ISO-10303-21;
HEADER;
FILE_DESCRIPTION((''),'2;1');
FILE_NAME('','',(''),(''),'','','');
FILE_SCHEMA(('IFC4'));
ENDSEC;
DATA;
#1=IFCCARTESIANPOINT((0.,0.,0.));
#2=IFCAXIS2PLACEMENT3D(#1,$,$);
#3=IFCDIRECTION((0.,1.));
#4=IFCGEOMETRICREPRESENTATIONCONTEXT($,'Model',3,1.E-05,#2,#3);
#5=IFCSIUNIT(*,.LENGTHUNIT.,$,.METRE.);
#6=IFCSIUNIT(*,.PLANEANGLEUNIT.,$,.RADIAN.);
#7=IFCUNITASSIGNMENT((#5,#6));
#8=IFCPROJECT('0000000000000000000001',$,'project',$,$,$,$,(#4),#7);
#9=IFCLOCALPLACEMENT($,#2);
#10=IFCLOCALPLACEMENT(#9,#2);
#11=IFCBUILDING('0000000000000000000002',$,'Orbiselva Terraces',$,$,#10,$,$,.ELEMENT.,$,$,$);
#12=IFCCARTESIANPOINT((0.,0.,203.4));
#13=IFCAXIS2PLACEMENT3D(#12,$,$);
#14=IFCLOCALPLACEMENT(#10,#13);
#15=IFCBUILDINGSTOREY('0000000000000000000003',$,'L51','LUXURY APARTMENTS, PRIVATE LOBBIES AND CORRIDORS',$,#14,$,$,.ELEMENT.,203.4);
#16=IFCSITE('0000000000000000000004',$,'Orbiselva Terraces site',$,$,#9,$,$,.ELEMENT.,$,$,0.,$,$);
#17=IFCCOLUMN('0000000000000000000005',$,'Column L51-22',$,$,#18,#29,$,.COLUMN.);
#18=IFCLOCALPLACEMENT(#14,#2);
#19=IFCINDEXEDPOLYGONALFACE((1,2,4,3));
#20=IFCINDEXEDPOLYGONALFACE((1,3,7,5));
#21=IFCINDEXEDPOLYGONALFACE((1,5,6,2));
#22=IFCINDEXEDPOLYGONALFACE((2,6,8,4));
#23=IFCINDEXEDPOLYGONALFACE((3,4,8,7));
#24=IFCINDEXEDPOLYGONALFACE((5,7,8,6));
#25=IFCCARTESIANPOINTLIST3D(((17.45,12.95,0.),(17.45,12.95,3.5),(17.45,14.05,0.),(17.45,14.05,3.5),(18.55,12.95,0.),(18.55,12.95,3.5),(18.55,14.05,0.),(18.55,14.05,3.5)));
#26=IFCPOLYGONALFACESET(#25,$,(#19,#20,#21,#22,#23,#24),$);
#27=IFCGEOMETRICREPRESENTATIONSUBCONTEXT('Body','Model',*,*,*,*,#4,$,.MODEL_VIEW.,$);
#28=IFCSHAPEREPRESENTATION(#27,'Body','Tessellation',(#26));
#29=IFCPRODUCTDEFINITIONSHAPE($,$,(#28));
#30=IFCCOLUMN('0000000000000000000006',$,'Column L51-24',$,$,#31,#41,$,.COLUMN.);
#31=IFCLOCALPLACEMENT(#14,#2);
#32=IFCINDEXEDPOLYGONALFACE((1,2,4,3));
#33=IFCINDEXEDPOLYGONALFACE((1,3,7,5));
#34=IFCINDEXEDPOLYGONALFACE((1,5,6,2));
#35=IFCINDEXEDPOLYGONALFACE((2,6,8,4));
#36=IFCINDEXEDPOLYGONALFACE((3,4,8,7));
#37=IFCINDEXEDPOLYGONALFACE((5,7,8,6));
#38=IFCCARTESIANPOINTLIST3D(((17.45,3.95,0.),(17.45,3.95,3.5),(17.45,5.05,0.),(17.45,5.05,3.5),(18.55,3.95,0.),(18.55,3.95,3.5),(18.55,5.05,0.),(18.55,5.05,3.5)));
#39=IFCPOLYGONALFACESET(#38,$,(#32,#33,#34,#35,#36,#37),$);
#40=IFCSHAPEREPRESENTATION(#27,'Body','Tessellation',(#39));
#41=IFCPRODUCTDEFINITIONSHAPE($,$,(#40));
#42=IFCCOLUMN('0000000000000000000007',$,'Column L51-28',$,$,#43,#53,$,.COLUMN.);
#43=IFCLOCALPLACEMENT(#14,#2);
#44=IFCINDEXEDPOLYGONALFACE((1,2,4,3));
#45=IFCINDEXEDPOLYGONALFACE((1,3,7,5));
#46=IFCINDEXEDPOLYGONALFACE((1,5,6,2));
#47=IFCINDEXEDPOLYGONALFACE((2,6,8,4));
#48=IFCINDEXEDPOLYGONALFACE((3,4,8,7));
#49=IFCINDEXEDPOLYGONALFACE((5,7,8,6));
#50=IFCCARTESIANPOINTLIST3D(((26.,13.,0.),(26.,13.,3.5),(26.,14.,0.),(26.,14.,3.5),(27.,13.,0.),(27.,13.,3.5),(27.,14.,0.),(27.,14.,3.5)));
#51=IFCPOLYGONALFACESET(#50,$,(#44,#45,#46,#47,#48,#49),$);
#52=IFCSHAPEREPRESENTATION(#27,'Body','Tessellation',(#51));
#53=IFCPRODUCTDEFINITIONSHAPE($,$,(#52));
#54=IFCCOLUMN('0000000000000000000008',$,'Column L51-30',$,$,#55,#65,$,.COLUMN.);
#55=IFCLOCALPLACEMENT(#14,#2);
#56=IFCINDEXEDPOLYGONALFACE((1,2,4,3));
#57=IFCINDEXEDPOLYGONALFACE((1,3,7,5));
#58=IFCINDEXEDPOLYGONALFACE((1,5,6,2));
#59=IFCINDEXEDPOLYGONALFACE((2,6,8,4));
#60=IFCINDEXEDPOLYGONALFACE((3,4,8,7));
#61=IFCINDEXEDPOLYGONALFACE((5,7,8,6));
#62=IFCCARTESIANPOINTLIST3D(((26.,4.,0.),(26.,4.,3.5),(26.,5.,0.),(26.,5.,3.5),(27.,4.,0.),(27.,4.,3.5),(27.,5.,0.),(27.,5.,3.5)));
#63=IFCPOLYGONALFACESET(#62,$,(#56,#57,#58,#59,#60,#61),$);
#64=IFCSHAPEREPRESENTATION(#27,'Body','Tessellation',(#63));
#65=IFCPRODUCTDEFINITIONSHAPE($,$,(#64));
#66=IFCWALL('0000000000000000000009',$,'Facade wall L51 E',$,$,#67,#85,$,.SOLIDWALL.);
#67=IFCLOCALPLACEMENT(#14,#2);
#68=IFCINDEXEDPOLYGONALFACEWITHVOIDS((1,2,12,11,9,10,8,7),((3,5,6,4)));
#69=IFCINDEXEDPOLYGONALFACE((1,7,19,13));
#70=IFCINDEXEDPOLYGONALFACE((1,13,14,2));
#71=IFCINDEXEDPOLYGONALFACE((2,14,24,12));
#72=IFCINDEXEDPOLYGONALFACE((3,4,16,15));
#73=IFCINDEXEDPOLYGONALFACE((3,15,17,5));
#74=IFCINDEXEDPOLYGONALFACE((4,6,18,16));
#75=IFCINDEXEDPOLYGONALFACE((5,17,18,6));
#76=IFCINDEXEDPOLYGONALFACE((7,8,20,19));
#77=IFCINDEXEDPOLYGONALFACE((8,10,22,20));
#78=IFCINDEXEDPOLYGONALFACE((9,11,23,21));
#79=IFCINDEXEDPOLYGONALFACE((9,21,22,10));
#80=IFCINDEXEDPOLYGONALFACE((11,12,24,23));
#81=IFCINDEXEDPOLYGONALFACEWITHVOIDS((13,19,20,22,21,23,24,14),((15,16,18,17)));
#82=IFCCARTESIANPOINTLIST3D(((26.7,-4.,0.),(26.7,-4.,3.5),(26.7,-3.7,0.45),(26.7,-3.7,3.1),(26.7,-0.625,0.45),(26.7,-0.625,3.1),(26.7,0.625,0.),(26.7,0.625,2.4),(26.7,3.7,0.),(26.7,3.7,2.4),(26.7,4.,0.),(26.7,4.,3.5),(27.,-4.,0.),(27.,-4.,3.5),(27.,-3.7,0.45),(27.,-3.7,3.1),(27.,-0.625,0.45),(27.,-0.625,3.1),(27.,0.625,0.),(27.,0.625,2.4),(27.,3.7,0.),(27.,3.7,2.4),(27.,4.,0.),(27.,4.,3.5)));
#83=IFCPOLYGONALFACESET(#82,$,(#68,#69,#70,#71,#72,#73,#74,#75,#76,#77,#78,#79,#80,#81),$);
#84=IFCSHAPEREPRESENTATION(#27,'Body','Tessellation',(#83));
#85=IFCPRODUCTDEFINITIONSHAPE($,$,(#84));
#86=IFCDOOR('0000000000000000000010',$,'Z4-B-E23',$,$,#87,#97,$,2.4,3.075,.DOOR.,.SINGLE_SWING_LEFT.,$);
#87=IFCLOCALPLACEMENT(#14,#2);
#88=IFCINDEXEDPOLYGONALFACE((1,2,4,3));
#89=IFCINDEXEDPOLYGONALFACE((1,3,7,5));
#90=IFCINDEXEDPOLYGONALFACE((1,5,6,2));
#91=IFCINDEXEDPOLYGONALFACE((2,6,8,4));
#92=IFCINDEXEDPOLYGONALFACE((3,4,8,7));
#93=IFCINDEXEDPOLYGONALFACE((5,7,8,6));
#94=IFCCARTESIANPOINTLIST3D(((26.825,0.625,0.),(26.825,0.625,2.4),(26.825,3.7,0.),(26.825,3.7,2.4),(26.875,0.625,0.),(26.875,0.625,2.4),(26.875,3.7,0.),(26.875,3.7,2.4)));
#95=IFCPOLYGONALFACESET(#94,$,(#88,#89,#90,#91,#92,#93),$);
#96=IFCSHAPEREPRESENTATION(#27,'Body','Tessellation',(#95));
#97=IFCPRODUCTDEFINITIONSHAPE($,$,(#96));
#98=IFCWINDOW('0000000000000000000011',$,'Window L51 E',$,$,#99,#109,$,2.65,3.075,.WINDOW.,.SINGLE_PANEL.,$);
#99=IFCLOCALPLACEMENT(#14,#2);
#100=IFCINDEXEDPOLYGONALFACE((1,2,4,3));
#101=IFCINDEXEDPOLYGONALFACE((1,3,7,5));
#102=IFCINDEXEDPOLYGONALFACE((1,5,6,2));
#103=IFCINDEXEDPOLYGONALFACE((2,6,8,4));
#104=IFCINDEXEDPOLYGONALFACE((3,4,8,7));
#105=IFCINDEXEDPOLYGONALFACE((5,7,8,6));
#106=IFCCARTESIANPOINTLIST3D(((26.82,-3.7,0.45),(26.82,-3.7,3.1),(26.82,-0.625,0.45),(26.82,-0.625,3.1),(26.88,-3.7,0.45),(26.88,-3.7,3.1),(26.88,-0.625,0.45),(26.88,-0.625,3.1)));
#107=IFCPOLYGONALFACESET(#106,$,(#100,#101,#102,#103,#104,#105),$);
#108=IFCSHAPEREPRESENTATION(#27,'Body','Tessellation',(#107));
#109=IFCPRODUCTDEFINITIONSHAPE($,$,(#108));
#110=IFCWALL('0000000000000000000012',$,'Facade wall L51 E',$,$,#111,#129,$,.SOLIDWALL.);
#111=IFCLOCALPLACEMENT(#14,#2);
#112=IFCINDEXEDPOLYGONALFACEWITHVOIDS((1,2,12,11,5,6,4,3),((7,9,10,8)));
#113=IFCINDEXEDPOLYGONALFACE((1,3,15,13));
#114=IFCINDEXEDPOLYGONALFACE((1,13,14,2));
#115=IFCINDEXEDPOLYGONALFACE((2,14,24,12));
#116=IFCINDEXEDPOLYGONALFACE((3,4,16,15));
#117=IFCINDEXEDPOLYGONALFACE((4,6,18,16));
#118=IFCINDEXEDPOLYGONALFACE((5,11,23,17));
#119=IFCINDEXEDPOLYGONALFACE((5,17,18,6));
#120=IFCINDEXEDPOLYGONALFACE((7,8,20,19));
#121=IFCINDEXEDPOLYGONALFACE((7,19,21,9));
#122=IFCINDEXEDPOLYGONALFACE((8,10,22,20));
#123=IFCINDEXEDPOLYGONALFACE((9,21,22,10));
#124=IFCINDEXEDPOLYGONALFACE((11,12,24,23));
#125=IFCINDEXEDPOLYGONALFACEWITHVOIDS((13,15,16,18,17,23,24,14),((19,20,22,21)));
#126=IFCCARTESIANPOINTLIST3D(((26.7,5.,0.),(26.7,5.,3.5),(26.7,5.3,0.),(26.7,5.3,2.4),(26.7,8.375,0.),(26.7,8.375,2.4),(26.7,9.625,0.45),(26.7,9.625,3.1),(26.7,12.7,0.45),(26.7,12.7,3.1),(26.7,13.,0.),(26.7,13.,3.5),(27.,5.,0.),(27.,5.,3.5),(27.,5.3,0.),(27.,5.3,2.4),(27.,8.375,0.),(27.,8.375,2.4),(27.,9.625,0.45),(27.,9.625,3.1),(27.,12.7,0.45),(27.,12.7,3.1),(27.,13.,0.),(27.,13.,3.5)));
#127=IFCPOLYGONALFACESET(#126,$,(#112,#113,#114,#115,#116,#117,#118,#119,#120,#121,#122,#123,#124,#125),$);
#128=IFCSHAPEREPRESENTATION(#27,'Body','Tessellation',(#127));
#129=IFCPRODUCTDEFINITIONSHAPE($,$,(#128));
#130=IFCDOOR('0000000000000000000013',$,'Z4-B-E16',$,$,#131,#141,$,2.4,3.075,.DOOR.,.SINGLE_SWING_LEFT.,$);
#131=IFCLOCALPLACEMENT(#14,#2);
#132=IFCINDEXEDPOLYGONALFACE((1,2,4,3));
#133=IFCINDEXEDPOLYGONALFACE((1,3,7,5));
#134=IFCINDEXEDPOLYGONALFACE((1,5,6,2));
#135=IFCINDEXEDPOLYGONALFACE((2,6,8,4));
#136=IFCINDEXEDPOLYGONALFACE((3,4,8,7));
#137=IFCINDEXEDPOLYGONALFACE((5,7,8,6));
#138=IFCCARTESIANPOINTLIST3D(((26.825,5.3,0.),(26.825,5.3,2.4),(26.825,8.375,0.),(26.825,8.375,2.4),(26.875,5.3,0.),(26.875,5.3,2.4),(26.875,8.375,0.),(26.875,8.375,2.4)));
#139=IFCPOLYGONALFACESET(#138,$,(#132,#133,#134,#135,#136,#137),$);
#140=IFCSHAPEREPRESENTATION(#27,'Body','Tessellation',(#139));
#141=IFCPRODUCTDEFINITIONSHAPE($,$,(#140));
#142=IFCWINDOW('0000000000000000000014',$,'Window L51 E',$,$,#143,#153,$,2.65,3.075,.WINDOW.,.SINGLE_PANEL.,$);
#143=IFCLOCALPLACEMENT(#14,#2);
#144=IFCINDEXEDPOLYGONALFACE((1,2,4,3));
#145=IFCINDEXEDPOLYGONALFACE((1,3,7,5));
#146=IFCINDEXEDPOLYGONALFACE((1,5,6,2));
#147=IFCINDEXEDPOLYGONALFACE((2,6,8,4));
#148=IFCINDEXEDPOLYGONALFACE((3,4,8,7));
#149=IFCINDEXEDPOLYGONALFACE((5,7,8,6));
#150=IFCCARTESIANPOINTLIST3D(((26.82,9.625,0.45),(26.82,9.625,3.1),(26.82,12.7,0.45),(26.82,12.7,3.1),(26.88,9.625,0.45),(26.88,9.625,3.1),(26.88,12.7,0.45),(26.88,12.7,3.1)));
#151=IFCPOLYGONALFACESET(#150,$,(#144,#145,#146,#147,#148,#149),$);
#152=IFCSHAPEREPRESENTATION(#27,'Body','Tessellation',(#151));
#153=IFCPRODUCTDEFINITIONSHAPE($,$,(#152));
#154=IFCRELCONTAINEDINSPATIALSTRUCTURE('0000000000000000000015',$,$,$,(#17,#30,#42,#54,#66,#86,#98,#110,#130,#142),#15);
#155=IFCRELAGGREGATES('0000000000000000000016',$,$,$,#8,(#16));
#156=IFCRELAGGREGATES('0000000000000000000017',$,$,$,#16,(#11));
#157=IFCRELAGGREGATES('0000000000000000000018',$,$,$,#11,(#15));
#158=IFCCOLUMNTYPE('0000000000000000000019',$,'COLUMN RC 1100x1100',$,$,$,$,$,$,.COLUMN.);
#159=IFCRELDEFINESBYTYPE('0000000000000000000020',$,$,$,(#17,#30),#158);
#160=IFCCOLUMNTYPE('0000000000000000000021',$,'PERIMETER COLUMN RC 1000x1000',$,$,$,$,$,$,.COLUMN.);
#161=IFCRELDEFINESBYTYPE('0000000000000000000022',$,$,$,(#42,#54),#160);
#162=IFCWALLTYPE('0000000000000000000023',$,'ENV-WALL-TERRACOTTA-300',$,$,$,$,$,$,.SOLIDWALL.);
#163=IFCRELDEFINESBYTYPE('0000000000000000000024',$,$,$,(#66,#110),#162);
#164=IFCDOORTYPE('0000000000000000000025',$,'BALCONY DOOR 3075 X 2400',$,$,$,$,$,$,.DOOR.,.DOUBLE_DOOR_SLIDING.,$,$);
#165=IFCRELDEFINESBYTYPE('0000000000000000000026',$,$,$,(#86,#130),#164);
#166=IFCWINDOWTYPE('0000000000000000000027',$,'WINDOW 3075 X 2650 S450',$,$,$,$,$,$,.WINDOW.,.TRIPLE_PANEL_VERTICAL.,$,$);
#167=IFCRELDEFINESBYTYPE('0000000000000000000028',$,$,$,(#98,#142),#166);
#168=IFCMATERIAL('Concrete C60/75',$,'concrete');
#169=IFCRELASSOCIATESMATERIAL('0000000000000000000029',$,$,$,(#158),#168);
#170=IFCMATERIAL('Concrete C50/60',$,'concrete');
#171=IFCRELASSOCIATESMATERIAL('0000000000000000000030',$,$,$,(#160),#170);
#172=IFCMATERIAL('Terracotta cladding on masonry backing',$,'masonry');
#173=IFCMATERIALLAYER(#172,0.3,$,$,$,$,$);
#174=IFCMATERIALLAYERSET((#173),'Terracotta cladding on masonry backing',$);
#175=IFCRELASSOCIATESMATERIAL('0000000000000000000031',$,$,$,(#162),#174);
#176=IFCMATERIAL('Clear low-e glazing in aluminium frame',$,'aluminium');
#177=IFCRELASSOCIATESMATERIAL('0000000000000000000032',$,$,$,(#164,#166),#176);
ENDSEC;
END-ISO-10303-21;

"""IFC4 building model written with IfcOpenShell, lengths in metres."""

from ifc_helpers import new_model, si_unit, direction, frame, frame_2d, origin, origin_2d, place, context, subcontext, project, spatial, rectangle, extrude, material, layer, layer_set, material_profile, profile_set, type_object, element, fill, save


model = new_model("IFC4")

# Units and contexts
model_context = context("Model", 3, precision=1e-05, world=origin(), true_north=direction((0.0, 1.0)))
body_context = subcontext(model_context, "Body", "Model", "MODEL_VIEW")
ifc_project = project(units=[si_unit("LENGTHUNIT", "METRE"), si_unit("PLANEANGLEUNIT", "RADIAN")], contexts=[model_context])

# Site, building, storey
site_placement = place(None, origin())
site = spatial("IfcSite", under=ifc_project, at=site_placement, Name="Orbiselva Terraces site", CompositionType="ELEMENT", RefElevation=0.0)
building_placement = place(site_placement, origin())
building = spatial("IfcBuilding", under=site, at=building_placement, Name="Orbiselva Terraces", CompositionType="ELEMENT")
storey_placement = place(building_placement, frame((0.0, 0.0, 203.4)))
storey = spatial("IfcBuildingStorey", under=building, at=storey_placement, Name="L51", Description="LUXURY APARTMENTS, PRIVATE LOBBIES AND CORRIDORS", CompositionType="ELEMENT", Elevation=203.4)

# Columns
ifc_material_1 = material(Name="Concrete C60/75", Category="concrete")
ifc_material_profile_1 = material_profile(ifc_material_1, rectangle(XDim=1.1, YDim=1.1, at=origin_2d()), Name="RC 1100x1100")
ifc_profile_set_1 = profile_set([ifc_material_profile_1], Name="Concrete C60/75")
column_type_1 = type_object("IfcColumnType", Name="COLUMN RC 1100x1100", PredefinedType="COLUMN", material=ifc_profile_set_1)
for number, where, z_axis, x_axis, name in (
    (1, (18.0, 13.5, 0.0), (0.0, 0.0, 1.0), (1.0, 0.0, 0.0), "Column L51-22"),
    (2, (18.0, 4.5, 0.0), (0.0, 0.0, 1.0), (1.0, 0.0, 0.0), "Column L51-24"),
):
    element("IfcColumn", number, at=place(storey_placement, frame(where, z_axis=z_axis, x_axis=x_axis)), inside=storey, type_object=column_type_1, Name=name, PredefinedType="COLUMN", context=body_context, shape_type="SweptSolid", body=[
        extrude(rectangle(XDim=1.1, YDim=1.1, at=origin_2d()), origin(), (0.0, 0.0, 1.0), 3.5),
    ])
ifc_material_2 = material(Name="Concrete C50/60", Category="concrete")
ifc_material_profile_2 = material_profile(ifc_material_2, rectangle(XDim=1.0, YDim=1.0, at=origin_2d()), Name="RC 1000x1000")
ifc_profile_set_2 = profile_set([ifc_material_profile_2], Name="Concrete C50/60")
column_type_2 = type_object("IfcColumnType", Name="PERIMETER COLUMN RC 1000x1000", PredefinedType="COLUMN", material=ifc_profile_set_2)
for number, where, z_axis, x_axis, name in (
    (3, (26.5, 13.5, 0.0), (0.0, 0.0, 1.0), (1.0, 0.0, 0.0), "Column L51-28"),
    (4, (26.5, 4.5, 0.0), (0.0, 0.0, 1.0), (1.0, 0.0, 0.0), "Column L51-30"),
):
    element("IfcColumn", number, at=place(storey_placement, frame(where, z_axis=z_axis, x_axis=x_axis)), inside=storey, type_object=column_type_2, Name=name, PredefinedType="COLUMN", context=body_context, shape_type="SweptSolid", body=[
        extrude(rectangle(XDim=1.0, YDim=1.0, at=origin_2d()), origin(), (0.0, 0.0, 1.0), 3.5),
    ])

# Walls, openings, doors, windows
ifc_material_3 = material(Name="Terracotta cladding on masonry backing", Category="masonry")
ifc_layer_1 = layer(ifc_material_3, 0.3)
ifc_layer_set_1 = layer_set([ifc_layer_1], Name="Terracotta cladding on masonry backing")
wall_type_1 = type_object("IfcWallType", Name="ENV-WALL-TERRACOTTA-300", PredefinedType="SOLIDWALL", material=ifc_layer_set_1)
wall_1_placement = place(storey_placement, frame((26.85, 4.0, 0.0), z_axis=(0.0, 0.0, 1.0), x_axis=(0.0, -1.0, 0.0)))
wall_1 = element("IfcWall", 5, at=wall_1_placement, inside=storey, type_object=wall_type_1, Name="Facade wall L51 E", PredefinedType="SOLIDWALL", context=body_context, shape_type="SweptSolid", body=[
    extrude(rectangle(XDim=8.0, YDim=0.3, at=frame_2d((4.0, 0.0))), origin(), (0.0, 0.0, 1.0), 3.5),
])
opening_1_placement = place(wall_1_placement, frame((4.625, 0.0, 0.45)))
opening_1 = element("IfcOpeningElement", 6, at=opening_1_placement, cuts=wall_1, PredefinedType="OPENING", context=body_context, shape_type="SweptSolid", body=[
    extrude(rectangle(XDim=3.075, YDim=2.65, at=frame_2d((1.5375, 1.325))), frame((0.0, 0.16, 0.0), z_axis=(0.0, -1.0, 0.0), x_axis=(1.0, 0.0, 0.0)), (0.0, 0.0, 1.0), 0.32),
])
opening_2_placement = place(wall_1_placement, frame((0.3, 0.0, 0.0)))
opening_2 = element("IfcOpeningElement", 7, at=opening_2_placement, cuts=wall_1, PredefinedType="OPENING", context=body_context, shape_type="SweptSolid", body=[
    extrude(rectangle(XDim=3.075, YDim=2.4, at=frame_2d((1.5375, 1.2))), frame((0.0, 0.16, 0.0), z_axis=(0.0, -1.0, 0.0), x_axis=(1.0, 0.0, 0.0)), (0.0, 0.0, 1.0), 0.32),
])
ifc_material_4 = material(Name="Clear low-e glazing in aluminium frame", Category="aluminium")
door_type_1 = type_object("IfcDoorType", Name="BALCONY DOOR 3075 X 2400", OperationType="DOUBLE_DOOR_SLIDING", PredefinedType="DOOR", material=ifc_material_4)
door_1_placement = place(opening_2_placement, origin())
door_1 = element("IfcDoor", 8, at=door_1_placement, inside=storey, type_object=door_type_1, Name="Z4-B-E23", OperationType="SINGLE_SWING_LEFT", OverallHeight=2.4, OverallWidth=3.075, PredefinedType="DOOR", context=body_context, shape_type="SweptSolid", body=[
    extrude(rectangle(XDim=3.075, YDim=2.4, at=frame_2d((1.5375, 1.2))), frame((0.0, 0.025, 0.0), z_axis=(0.0, -1.0, 0.0), x_axis=(1.0, 0.0, 0.0)), (0.0, 0.0, 1.0), 0.05),
])
fill(opening_2, door_1)
window_type = type_object("IfcWindowType", Name="WINDOW 3075 X 2650 S450", PartitioningType="TRIPLE_PANEL_VERTICAL", PredefinedType="WINDOW", material=ifc_material_4)
window_1_placement = place(opening_1_placement, origin())
window_1 = element("IfcWindow", 9, at=window_1_placement, inside=storey, type_object=window_type, Name="Window L51 E", OverallHeight=2.65, OverallWidth=3.075, PartitioningType="SINGLE_PANEL", PredefinedType="WINDOW", context=body_context, shape_type="SweptSolid", body=[
    extrude(rectangle(XDim=3.075, YDim=2.65, at=frame_2d((1.5375, 1.325))), frame((0.0, 0.03, 0.0), z_axis=(0.0, -1.0, 0.0), x_axis=(1.0, 0.0, 0.0)), (0.0, 0.0, 1.0), 0.06),
])
fill(opening_1, window_1)
wall_2_placement = place(storey_placement, frame((26.85, 13.0, 0.0), z_axis=(0.0, 0.0, 1.0), x_axis=(0.0, -1.0, 0.0)))
wall_2 = element("IfcWall", 10, at=wall_2_placement, inside=storey, type_object=wall_type_1, Name="Facade wall L51 E", PredefinedType="SOLIDWALL", context=body_context, shape_type="SweptSolid", body=[
    extrude(rectangle(XDim=8.0, YDim=0.3, at=frame_2d((4.0, 0.0))), origin(), (0.0, 0.0, 1.0), 3.5),
])
opening_3_placement = place(wall_2_placement, frame((4.625, 0.0, 0.0)))
opening_3 = element("IfcOpeningElement", 11, at=opening_3_placement, cuts=wall_2, PredefinedType="OPENING", context=body_context, shape_type="SweptSolid", body=[
    extrude(rectangle(XDim=3.075, YDim=2.4, at=frame_2d((1.5375, 1.2))), frame((0.0, 0.16, 0.0), z_axis=(0.0, -1.0, 0.0), x_axis=(1.0, 0.0, 0.0)), (0.0, 0.0, 1.0), 0.32),
])
opening_4_placement = place(wall_2_placement, frame((0.3, 0.0, 0.45)))
opening_4 = element("IfcOpeningElement", 12, at=opening_4_placement, cuts=wall_2, PredefinedType="OPENING", context=body_context, shape_type="SweptSolid", body=[
    extrude(rectangle(XDim=3.075, YDim=2.65, at=frame_2d((1.5375, 1.325))), frame((0.0, 0.16, 0.0), z_axis=(0.0, -1.0, 0.0), x_axis=(1.0, 0.0, 0.0)), (0.0, 0.0, 1.0), 0.32),
])
door_2_placement = place(opening_3_placement, origin())
door_2 = element("IfcDoor", 13, at=door_2_placement, inside=storey, type_object=door_type_1, Name="Z4-B-E16", OperationType="SINGLE_SWING_LEFT", OverallHeight=2.4, OverallWidth=3.075, PredefinedType="DOOR", context=body_context, shape_type="SweptSolid", body=[
    extrude(rectangle(XDim=3.075, YDim=2.4, at=frame_2d((1.5375, 1.2))), frame((0.0, 0.025, 0.0), z_axis=(0.0, -1.0, 0.0), x_axis=(1.0, 0.0, 0.0)), (0.0, 0.0, 1.0), 0.05),
])
fill(opening_3, door_2)
window_2_placement = place(opening_4_placement, origin())
window_2 = element("IfcWindow", 14, at=window_2_placement, inside=storey, type_object=window_type, Name="Window L51 E", OverallHeight=2.65, OverallWidth=3.075, PartitioningType="SINGLE_PANEL", PredefinedType="WINDOW", context=body_context, shape_type="SweptSolid", body=[
    extrude(rectangle(XDim=3.075, YDim=2.65, at=frame_2d((1.5375, 1.325))), frame((0.0, 0.03, 0.0), z_axis=(0.0, -1.0, 0.0), x_axis=(1.0, 0.0, 0.0)), (0.0, 0.0, 1.0), 0.06),
])
fill(opening_4, window_2)

save(model, "model.ifc")
